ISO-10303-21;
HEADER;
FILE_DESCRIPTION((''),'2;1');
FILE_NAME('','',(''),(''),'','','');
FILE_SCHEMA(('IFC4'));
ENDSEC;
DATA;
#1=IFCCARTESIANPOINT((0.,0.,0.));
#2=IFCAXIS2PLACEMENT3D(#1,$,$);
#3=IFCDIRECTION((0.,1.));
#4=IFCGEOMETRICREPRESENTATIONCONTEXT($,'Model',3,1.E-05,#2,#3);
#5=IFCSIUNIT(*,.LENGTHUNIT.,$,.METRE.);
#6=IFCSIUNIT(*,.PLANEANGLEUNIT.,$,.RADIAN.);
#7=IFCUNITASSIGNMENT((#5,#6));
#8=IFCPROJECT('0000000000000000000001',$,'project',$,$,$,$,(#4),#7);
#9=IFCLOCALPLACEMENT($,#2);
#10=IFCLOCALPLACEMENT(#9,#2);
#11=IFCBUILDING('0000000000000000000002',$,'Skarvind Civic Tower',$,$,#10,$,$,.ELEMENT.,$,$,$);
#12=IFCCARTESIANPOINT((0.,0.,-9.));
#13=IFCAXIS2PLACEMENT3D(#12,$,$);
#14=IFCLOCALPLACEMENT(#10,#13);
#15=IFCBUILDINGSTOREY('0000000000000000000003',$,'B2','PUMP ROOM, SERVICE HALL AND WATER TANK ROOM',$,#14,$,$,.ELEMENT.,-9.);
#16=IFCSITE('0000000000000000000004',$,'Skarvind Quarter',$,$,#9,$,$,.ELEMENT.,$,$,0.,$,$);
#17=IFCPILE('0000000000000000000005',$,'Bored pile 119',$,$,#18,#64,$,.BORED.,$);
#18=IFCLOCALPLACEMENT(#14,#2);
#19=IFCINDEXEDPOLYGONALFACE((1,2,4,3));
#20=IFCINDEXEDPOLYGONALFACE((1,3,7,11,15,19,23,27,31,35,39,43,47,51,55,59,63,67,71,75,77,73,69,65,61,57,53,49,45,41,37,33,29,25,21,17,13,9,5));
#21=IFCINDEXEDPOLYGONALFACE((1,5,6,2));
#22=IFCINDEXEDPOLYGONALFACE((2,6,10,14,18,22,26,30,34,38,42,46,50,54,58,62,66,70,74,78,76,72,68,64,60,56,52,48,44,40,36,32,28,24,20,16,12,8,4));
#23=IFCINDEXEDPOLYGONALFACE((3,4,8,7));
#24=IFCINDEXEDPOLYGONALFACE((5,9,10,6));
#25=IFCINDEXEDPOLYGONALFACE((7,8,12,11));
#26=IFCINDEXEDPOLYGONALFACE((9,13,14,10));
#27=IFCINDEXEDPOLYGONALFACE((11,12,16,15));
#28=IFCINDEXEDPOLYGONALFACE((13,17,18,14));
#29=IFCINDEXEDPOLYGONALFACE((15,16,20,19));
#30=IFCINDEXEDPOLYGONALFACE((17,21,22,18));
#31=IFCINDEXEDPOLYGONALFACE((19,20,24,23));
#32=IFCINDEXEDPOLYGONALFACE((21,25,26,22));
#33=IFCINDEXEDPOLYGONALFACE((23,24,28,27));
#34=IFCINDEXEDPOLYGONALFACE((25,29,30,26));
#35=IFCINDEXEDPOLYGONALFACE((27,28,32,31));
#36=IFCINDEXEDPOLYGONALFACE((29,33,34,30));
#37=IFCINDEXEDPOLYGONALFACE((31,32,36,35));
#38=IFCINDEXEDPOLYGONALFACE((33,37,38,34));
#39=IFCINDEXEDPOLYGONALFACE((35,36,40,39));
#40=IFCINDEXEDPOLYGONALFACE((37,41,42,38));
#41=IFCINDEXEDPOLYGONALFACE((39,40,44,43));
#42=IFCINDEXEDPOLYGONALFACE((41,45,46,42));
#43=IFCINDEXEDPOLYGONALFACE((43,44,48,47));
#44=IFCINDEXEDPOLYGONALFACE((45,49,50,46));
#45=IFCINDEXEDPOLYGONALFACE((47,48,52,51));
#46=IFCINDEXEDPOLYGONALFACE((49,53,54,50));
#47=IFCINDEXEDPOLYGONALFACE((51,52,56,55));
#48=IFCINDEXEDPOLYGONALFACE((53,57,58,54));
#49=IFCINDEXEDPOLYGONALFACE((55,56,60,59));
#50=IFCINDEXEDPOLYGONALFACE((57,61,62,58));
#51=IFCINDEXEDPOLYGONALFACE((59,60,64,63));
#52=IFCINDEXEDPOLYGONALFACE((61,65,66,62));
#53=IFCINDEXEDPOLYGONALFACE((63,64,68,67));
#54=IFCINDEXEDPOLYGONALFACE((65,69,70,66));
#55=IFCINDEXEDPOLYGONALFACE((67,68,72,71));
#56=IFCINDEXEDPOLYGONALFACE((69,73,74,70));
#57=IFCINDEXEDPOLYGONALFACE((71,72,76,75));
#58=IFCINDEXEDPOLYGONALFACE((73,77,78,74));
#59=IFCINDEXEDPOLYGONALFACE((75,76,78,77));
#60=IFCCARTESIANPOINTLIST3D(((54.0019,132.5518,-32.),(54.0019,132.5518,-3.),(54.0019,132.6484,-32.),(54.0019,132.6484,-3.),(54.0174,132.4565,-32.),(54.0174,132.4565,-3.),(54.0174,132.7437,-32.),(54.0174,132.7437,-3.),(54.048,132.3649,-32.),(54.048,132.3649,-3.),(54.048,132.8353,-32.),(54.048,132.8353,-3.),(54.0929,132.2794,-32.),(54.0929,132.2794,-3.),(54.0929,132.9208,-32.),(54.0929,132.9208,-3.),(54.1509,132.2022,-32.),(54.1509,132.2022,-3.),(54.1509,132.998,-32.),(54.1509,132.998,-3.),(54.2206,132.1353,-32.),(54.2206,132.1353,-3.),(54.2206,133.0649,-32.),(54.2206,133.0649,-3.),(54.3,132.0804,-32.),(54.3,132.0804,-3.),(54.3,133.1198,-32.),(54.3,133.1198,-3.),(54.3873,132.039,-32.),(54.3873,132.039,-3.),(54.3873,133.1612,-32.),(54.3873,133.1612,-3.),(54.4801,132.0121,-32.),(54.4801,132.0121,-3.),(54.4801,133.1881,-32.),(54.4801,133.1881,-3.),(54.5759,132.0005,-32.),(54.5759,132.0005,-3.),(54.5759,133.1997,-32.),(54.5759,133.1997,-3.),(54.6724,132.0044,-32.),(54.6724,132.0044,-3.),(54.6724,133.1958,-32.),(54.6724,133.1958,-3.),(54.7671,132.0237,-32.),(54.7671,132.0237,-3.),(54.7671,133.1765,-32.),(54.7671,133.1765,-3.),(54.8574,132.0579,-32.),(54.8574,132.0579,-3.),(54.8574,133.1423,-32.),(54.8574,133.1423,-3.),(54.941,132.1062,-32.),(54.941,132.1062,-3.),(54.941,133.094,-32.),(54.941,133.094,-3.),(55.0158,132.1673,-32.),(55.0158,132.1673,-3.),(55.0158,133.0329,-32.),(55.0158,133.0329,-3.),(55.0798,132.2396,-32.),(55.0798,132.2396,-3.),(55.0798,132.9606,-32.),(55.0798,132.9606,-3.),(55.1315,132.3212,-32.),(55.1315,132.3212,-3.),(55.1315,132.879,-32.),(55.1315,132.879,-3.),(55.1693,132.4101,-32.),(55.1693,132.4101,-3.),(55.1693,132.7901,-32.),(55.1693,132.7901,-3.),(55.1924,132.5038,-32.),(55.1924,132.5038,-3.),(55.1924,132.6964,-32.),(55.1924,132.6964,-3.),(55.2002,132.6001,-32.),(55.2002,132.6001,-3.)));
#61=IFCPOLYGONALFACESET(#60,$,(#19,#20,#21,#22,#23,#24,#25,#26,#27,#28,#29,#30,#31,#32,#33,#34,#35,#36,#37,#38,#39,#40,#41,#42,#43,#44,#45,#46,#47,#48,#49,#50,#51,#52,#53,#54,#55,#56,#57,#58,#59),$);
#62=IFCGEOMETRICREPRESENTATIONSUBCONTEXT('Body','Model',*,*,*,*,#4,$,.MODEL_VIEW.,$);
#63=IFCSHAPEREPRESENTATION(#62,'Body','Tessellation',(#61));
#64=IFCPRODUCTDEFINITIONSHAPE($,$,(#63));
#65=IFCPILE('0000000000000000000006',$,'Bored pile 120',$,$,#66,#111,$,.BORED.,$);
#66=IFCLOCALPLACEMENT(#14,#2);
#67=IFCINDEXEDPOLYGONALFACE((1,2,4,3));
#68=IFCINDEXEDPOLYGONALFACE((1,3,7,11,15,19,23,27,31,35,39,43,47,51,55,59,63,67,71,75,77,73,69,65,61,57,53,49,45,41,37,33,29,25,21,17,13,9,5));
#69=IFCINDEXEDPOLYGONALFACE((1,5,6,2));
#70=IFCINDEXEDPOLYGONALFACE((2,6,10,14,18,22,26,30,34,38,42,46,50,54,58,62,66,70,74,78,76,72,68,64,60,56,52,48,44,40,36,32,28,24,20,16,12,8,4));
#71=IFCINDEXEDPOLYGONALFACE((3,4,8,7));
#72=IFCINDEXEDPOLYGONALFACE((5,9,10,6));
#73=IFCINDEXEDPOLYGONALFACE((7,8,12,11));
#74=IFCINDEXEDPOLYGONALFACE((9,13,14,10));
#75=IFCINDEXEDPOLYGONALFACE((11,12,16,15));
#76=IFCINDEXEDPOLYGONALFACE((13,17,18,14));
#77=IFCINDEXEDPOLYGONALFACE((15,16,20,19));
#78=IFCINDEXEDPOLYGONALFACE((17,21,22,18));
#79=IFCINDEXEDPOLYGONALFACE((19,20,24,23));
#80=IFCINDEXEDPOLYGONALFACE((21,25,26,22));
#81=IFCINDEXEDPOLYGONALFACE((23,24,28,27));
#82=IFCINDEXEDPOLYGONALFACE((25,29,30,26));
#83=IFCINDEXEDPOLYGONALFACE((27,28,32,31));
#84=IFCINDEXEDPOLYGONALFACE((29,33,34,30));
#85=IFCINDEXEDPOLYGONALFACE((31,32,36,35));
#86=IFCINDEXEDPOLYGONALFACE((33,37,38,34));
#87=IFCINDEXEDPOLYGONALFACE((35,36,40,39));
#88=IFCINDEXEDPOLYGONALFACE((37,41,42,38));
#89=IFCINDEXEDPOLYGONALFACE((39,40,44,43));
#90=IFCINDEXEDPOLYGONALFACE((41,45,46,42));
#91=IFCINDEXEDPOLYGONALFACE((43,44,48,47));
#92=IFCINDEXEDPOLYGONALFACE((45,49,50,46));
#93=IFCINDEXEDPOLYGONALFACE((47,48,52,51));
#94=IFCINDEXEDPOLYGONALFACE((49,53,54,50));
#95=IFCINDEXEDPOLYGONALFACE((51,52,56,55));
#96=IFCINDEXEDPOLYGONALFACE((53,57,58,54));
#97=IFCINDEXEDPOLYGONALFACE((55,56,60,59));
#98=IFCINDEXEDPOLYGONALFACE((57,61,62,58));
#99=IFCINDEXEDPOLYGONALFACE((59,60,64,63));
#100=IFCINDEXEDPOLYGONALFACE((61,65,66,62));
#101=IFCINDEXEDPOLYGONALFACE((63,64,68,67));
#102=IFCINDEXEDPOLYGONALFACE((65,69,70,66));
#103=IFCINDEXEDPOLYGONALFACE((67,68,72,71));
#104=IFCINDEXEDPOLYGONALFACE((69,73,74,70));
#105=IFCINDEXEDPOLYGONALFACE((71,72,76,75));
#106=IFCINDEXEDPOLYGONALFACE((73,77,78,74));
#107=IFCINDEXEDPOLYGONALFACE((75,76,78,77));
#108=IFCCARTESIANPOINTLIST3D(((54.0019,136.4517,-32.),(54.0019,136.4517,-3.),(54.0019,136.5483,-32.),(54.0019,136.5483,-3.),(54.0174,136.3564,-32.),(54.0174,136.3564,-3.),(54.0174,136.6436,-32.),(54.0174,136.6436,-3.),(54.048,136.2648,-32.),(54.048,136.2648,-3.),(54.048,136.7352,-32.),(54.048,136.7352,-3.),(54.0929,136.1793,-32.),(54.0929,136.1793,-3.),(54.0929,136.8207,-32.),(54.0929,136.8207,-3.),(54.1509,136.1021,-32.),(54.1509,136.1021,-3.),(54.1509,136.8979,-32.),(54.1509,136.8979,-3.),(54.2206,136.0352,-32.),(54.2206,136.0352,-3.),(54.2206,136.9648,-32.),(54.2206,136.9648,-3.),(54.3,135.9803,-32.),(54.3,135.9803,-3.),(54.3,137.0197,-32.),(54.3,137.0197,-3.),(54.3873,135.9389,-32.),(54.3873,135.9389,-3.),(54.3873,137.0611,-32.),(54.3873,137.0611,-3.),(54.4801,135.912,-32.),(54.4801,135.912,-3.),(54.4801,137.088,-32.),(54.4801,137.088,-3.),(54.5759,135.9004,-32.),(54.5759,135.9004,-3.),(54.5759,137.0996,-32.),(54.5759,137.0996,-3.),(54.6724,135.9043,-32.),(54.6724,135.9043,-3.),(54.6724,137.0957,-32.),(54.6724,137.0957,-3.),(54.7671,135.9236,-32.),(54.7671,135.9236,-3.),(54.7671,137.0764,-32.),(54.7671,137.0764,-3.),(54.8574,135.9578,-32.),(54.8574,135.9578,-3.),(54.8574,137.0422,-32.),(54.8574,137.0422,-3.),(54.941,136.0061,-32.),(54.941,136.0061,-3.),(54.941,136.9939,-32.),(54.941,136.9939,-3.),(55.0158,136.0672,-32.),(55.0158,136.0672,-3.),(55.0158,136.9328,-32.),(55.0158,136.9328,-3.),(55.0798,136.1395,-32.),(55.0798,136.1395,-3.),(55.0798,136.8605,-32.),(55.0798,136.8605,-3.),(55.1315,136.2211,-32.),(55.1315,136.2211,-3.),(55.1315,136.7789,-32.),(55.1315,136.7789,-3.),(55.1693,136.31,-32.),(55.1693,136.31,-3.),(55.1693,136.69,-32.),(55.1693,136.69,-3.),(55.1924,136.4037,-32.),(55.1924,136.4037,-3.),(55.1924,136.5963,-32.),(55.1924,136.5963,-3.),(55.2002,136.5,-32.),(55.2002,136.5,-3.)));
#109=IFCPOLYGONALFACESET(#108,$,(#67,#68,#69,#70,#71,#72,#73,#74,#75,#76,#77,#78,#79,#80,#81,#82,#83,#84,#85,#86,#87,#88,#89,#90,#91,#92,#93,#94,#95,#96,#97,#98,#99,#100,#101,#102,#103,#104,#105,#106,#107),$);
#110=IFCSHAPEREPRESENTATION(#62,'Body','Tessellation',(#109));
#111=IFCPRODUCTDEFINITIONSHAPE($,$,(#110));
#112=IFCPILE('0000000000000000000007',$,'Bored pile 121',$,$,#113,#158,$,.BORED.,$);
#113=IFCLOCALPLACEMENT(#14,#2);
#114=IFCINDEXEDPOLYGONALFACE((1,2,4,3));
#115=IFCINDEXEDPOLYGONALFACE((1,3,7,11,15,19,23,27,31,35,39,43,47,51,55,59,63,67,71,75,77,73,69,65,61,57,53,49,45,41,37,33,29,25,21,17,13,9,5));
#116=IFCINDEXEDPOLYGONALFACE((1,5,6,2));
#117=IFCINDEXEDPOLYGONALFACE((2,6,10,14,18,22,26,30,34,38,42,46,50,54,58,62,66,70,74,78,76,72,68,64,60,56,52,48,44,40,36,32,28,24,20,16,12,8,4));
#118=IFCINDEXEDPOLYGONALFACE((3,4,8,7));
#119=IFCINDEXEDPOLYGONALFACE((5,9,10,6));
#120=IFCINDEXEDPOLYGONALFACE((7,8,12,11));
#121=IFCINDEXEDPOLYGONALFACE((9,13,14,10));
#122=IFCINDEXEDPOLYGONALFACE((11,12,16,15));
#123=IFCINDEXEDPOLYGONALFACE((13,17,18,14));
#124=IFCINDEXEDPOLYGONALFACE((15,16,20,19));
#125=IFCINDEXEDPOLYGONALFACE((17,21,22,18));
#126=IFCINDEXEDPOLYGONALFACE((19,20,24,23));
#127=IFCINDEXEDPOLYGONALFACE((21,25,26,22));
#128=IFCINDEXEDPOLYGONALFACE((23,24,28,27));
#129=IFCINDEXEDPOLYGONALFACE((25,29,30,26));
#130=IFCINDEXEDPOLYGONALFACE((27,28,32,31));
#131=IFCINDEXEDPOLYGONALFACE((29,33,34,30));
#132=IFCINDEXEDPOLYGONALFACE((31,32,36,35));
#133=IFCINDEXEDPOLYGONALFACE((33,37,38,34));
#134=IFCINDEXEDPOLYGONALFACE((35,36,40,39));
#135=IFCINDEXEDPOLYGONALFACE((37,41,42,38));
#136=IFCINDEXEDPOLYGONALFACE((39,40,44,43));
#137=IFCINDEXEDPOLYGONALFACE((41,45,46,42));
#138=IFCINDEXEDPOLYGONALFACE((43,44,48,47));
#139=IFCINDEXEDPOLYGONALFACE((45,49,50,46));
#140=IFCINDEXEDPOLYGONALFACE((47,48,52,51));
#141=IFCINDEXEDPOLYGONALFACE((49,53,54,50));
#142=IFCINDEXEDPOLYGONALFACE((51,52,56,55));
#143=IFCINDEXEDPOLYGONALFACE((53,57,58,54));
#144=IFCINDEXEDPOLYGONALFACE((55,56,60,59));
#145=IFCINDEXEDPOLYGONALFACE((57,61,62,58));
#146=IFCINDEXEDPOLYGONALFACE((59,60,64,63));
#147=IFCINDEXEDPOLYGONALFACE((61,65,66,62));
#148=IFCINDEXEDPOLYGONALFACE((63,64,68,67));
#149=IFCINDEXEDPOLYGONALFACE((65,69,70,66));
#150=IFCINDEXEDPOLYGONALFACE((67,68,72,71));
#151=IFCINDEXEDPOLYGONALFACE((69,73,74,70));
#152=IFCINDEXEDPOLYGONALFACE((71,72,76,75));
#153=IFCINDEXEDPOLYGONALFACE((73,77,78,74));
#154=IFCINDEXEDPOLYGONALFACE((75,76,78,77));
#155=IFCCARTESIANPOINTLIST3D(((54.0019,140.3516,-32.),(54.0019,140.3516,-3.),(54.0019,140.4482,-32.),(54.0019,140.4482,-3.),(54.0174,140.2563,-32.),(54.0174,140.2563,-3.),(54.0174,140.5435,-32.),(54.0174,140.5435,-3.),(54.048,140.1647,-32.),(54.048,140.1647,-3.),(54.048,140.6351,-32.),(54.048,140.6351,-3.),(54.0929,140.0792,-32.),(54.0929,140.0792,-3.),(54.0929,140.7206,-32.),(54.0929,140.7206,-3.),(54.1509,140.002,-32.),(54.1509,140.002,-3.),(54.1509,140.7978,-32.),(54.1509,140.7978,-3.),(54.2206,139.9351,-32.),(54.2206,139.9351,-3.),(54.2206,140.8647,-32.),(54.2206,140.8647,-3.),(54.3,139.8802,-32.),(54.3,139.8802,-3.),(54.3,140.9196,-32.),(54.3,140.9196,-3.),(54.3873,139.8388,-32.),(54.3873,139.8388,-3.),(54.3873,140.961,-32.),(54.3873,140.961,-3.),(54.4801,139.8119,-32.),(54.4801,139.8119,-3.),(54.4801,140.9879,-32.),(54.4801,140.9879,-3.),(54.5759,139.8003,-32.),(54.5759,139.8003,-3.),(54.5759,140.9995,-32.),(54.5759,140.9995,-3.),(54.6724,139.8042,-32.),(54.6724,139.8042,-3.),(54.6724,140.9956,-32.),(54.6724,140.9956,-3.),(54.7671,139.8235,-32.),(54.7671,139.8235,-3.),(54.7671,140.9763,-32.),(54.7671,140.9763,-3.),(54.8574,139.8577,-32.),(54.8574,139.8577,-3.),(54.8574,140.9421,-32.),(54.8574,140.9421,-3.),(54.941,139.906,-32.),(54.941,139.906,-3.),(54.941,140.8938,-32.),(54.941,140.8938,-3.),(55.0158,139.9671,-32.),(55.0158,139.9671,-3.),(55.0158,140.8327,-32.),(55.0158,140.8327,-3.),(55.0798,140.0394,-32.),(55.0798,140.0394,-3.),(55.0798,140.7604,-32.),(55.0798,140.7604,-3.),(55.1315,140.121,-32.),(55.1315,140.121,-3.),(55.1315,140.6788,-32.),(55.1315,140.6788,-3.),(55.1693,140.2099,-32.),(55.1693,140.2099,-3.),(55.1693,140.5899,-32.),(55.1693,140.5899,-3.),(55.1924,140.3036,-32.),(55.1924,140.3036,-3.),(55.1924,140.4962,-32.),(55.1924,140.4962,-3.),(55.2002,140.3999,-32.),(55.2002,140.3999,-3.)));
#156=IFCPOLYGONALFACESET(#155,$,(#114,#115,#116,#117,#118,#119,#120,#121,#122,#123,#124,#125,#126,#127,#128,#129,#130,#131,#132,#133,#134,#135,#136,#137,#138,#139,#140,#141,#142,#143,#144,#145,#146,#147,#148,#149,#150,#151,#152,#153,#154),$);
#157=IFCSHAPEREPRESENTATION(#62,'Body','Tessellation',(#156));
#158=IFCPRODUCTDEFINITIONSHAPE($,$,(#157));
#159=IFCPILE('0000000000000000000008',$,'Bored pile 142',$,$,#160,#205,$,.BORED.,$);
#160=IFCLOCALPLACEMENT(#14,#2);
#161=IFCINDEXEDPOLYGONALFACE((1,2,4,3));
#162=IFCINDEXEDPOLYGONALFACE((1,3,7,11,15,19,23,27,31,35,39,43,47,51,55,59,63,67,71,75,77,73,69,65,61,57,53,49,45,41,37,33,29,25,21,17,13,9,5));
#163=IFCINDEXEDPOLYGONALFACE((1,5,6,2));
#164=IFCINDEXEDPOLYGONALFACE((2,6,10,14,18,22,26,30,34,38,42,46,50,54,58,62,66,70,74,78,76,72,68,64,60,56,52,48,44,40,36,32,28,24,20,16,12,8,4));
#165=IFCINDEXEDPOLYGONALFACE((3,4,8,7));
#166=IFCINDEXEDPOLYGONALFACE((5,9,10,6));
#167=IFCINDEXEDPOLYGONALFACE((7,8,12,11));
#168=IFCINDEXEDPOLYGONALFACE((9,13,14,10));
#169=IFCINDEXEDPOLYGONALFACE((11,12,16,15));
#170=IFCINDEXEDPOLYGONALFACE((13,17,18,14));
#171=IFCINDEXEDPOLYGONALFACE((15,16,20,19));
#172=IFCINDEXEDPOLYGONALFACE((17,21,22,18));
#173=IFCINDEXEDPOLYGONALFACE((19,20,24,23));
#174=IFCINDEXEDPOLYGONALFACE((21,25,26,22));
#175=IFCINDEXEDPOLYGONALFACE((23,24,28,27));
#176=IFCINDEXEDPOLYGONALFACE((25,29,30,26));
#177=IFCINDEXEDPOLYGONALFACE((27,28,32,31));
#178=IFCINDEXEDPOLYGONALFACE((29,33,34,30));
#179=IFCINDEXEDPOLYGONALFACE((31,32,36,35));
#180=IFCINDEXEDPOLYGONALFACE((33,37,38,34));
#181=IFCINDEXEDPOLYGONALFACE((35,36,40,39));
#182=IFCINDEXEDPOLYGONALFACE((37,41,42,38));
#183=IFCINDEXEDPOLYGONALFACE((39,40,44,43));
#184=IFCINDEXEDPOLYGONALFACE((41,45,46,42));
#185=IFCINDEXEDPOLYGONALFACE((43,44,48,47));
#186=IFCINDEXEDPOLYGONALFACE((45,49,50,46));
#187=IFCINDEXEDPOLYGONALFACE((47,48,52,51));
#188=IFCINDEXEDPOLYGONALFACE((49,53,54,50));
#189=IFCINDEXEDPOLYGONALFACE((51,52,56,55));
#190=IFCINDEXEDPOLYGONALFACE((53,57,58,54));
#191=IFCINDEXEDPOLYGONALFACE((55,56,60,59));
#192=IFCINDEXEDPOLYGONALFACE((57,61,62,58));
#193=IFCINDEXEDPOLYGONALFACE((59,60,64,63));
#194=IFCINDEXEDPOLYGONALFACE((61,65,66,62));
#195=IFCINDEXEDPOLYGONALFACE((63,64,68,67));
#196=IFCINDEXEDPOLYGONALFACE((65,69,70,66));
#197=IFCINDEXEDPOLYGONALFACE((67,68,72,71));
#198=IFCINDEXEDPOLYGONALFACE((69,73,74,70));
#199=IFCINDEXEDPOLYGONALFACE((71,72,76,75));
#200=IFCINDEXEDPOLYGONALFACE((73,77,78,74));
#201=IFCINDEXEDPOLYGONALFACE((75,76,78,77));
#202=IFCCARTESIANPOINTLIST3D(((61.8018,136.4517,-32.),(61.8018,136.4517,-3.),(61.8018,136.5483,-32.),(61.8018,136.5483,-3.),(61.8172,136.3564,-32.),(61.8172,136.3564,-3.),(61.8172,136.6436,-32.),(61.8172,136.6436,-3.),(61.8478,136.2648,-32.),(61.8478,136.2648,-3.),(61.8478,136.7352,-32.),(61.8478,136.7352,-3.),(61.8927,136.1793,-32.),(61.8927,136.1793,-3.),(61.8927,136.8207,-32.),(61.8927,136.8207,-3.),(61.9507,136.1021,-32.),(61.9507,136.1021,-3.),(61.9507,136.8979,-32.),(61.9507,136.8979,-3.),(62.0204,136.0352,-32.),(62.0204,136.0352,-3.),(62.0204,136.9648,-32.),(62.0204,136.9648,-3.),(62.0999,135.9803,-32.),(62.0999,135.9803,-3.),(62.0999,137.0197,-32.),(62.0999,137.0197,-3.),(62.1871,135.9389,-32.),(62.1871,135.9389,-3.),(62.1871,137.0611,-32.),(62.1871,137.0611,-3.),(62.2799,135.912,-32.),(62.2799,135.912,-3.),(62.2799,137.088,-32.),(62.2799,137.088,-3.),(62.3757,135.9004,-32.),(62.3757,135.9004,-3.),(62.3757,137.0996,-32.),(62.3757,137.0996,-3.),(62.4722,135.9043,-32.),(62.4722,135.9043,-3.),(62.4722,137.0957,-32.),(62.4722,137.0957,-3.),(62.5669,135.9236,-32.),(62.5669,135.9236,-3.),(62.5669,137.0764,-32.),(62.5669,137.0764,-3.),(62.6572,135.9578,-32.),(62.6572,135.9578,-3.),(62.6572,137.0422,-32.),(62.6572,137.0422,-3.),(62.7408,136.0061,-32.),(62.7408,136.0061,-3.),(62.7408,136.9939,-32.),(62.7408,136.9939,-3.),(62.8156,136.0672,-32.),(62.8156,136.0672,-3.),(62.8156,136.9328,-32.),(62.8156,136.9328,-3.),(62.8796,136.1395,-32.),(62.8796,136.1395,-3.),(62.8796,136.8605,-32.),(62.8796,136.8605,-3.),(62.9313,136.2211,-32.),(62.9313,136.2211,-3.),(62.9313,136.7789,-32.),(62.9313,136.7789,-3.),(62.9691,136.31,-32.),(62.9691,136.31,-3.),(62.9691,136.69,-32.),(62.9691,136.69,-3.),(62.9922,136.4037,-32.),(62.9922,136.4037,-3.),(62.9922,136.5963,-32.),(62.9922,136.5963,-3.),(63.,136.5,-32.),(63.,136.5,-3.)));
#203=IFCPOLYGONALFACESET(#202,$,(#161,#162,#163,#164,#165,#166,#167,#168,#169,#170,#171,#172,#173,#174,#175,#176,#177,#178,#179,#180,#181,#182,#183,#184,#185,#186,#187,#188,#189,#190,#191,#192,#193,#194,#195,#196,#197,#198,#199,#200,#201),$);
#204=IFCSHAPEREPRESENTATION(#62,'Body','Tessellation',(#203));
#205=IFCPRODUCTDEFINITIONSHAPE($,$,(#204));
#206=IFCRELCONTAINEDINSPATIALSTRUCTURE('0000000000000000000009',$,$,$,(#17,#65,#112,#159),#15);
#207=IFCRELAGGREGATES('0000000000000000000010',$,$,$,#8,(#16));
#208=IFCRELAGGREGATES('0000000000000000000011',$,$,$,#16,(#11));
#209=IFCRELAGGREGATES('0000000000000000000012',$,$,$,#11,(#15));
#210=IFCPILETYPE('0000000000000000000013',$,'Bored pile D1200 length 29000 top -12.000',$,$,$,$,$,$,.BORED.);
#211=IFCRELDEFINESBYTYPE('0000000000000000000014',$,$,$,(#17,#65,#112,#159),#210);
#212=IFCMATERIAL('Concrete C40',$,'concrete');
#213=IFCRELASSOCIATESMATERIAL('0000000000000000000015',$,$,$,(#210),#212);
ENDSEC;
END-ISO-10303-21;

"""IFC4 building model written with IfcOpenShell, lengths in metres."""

from ifc_helpers import new_model, si_unit, direction, frame, origin, origin_2d, place, context, subcontext, project, spatial, circle, extrude, material, type_object, element, save


model = new_model("IFC4")

# Units and contexts
model_context = context("Model", 3, precision=1e-05, world=origin(), true_north=direction((0.0, 1.0)))
body_context = subcontext(model_context, "Body", "Model", "MODEL_VIEW")
ifc_project = project(units=[si_unit("LENGTHUNIT", "METRE"), si_unit("PLANEANGLEUNIT", "RADIAN")], contexts=[model_context])

# Site, building, storey
site_placement = place(None, origin())
site = spatial("IfcSite", under=ifc_project, at=site_placement, Name="Skarvind Quarter", CompositionType="ELEMENT", RefElevation=0.0)
building_placement = place(site_placement, origin())
building = spatial("IfcBuilding", under=site, at=building_placement, Name="Skarvind Civic Tower", CompositionType="ELEMENT")
storey_placement = place(building_placement, frame((0.0, 0.0, -9.0)))
storey = spatial("IfcBuildingStorey", under=building, at=storey_placement, Name="B2", Description="PUMP ROOM, SERVICE HALL AND WATER TANK ROOM", CompositionType="ELEMENT", Elevation=-9.0)

# Piles
ifc_material_1 = material(Name="Concrete C40", Category="concrete")
pile_type_1 = type_object("IfcPileType", Name="Bored pile D1200 length 29000 top -12.000", PredefinedType="BORED", material=ifc_material_1)
for number, where, z_axis, x_axis, name in (
    (1, (54.6001, 132.6001, -3.0), (0.0, 0.0, -1.0), (1.0, 0.0, 0.0), "Bored pile 119"),
    (2, (54.6001, 136.5, -3.0), (0.0, 0.0, -1.0), (1.0, 0.0, 0.0), "Bored pile 120"),
    (3, (54.6001, 140.3999, -3.0), (0.0, 0.0, -1.0), (1.0, 0.0, 0.0), "Bored pile 121"),
    (4, (62.3999, 136.5, -3.0), (0.0, 0.0, -1.0), (1.0, 0.0, 0.0), "Bored pile 142"),
):
    element("IfcPile", number, at=place(storey_placement, frame(where, z_axis=z_axis, x_axis=x_axis)), inside=storey, type_object=pile_type_1, Name=name, PredefinedType="BORED", context=body_context, shape_type="SweptSolid", body=[
        extrude(circle(Radius=0.6001, at=origin_2d()), origin(), (0.0, 0.0, 1.0), 29.0),
    ])

save(model, "model.ifc")
